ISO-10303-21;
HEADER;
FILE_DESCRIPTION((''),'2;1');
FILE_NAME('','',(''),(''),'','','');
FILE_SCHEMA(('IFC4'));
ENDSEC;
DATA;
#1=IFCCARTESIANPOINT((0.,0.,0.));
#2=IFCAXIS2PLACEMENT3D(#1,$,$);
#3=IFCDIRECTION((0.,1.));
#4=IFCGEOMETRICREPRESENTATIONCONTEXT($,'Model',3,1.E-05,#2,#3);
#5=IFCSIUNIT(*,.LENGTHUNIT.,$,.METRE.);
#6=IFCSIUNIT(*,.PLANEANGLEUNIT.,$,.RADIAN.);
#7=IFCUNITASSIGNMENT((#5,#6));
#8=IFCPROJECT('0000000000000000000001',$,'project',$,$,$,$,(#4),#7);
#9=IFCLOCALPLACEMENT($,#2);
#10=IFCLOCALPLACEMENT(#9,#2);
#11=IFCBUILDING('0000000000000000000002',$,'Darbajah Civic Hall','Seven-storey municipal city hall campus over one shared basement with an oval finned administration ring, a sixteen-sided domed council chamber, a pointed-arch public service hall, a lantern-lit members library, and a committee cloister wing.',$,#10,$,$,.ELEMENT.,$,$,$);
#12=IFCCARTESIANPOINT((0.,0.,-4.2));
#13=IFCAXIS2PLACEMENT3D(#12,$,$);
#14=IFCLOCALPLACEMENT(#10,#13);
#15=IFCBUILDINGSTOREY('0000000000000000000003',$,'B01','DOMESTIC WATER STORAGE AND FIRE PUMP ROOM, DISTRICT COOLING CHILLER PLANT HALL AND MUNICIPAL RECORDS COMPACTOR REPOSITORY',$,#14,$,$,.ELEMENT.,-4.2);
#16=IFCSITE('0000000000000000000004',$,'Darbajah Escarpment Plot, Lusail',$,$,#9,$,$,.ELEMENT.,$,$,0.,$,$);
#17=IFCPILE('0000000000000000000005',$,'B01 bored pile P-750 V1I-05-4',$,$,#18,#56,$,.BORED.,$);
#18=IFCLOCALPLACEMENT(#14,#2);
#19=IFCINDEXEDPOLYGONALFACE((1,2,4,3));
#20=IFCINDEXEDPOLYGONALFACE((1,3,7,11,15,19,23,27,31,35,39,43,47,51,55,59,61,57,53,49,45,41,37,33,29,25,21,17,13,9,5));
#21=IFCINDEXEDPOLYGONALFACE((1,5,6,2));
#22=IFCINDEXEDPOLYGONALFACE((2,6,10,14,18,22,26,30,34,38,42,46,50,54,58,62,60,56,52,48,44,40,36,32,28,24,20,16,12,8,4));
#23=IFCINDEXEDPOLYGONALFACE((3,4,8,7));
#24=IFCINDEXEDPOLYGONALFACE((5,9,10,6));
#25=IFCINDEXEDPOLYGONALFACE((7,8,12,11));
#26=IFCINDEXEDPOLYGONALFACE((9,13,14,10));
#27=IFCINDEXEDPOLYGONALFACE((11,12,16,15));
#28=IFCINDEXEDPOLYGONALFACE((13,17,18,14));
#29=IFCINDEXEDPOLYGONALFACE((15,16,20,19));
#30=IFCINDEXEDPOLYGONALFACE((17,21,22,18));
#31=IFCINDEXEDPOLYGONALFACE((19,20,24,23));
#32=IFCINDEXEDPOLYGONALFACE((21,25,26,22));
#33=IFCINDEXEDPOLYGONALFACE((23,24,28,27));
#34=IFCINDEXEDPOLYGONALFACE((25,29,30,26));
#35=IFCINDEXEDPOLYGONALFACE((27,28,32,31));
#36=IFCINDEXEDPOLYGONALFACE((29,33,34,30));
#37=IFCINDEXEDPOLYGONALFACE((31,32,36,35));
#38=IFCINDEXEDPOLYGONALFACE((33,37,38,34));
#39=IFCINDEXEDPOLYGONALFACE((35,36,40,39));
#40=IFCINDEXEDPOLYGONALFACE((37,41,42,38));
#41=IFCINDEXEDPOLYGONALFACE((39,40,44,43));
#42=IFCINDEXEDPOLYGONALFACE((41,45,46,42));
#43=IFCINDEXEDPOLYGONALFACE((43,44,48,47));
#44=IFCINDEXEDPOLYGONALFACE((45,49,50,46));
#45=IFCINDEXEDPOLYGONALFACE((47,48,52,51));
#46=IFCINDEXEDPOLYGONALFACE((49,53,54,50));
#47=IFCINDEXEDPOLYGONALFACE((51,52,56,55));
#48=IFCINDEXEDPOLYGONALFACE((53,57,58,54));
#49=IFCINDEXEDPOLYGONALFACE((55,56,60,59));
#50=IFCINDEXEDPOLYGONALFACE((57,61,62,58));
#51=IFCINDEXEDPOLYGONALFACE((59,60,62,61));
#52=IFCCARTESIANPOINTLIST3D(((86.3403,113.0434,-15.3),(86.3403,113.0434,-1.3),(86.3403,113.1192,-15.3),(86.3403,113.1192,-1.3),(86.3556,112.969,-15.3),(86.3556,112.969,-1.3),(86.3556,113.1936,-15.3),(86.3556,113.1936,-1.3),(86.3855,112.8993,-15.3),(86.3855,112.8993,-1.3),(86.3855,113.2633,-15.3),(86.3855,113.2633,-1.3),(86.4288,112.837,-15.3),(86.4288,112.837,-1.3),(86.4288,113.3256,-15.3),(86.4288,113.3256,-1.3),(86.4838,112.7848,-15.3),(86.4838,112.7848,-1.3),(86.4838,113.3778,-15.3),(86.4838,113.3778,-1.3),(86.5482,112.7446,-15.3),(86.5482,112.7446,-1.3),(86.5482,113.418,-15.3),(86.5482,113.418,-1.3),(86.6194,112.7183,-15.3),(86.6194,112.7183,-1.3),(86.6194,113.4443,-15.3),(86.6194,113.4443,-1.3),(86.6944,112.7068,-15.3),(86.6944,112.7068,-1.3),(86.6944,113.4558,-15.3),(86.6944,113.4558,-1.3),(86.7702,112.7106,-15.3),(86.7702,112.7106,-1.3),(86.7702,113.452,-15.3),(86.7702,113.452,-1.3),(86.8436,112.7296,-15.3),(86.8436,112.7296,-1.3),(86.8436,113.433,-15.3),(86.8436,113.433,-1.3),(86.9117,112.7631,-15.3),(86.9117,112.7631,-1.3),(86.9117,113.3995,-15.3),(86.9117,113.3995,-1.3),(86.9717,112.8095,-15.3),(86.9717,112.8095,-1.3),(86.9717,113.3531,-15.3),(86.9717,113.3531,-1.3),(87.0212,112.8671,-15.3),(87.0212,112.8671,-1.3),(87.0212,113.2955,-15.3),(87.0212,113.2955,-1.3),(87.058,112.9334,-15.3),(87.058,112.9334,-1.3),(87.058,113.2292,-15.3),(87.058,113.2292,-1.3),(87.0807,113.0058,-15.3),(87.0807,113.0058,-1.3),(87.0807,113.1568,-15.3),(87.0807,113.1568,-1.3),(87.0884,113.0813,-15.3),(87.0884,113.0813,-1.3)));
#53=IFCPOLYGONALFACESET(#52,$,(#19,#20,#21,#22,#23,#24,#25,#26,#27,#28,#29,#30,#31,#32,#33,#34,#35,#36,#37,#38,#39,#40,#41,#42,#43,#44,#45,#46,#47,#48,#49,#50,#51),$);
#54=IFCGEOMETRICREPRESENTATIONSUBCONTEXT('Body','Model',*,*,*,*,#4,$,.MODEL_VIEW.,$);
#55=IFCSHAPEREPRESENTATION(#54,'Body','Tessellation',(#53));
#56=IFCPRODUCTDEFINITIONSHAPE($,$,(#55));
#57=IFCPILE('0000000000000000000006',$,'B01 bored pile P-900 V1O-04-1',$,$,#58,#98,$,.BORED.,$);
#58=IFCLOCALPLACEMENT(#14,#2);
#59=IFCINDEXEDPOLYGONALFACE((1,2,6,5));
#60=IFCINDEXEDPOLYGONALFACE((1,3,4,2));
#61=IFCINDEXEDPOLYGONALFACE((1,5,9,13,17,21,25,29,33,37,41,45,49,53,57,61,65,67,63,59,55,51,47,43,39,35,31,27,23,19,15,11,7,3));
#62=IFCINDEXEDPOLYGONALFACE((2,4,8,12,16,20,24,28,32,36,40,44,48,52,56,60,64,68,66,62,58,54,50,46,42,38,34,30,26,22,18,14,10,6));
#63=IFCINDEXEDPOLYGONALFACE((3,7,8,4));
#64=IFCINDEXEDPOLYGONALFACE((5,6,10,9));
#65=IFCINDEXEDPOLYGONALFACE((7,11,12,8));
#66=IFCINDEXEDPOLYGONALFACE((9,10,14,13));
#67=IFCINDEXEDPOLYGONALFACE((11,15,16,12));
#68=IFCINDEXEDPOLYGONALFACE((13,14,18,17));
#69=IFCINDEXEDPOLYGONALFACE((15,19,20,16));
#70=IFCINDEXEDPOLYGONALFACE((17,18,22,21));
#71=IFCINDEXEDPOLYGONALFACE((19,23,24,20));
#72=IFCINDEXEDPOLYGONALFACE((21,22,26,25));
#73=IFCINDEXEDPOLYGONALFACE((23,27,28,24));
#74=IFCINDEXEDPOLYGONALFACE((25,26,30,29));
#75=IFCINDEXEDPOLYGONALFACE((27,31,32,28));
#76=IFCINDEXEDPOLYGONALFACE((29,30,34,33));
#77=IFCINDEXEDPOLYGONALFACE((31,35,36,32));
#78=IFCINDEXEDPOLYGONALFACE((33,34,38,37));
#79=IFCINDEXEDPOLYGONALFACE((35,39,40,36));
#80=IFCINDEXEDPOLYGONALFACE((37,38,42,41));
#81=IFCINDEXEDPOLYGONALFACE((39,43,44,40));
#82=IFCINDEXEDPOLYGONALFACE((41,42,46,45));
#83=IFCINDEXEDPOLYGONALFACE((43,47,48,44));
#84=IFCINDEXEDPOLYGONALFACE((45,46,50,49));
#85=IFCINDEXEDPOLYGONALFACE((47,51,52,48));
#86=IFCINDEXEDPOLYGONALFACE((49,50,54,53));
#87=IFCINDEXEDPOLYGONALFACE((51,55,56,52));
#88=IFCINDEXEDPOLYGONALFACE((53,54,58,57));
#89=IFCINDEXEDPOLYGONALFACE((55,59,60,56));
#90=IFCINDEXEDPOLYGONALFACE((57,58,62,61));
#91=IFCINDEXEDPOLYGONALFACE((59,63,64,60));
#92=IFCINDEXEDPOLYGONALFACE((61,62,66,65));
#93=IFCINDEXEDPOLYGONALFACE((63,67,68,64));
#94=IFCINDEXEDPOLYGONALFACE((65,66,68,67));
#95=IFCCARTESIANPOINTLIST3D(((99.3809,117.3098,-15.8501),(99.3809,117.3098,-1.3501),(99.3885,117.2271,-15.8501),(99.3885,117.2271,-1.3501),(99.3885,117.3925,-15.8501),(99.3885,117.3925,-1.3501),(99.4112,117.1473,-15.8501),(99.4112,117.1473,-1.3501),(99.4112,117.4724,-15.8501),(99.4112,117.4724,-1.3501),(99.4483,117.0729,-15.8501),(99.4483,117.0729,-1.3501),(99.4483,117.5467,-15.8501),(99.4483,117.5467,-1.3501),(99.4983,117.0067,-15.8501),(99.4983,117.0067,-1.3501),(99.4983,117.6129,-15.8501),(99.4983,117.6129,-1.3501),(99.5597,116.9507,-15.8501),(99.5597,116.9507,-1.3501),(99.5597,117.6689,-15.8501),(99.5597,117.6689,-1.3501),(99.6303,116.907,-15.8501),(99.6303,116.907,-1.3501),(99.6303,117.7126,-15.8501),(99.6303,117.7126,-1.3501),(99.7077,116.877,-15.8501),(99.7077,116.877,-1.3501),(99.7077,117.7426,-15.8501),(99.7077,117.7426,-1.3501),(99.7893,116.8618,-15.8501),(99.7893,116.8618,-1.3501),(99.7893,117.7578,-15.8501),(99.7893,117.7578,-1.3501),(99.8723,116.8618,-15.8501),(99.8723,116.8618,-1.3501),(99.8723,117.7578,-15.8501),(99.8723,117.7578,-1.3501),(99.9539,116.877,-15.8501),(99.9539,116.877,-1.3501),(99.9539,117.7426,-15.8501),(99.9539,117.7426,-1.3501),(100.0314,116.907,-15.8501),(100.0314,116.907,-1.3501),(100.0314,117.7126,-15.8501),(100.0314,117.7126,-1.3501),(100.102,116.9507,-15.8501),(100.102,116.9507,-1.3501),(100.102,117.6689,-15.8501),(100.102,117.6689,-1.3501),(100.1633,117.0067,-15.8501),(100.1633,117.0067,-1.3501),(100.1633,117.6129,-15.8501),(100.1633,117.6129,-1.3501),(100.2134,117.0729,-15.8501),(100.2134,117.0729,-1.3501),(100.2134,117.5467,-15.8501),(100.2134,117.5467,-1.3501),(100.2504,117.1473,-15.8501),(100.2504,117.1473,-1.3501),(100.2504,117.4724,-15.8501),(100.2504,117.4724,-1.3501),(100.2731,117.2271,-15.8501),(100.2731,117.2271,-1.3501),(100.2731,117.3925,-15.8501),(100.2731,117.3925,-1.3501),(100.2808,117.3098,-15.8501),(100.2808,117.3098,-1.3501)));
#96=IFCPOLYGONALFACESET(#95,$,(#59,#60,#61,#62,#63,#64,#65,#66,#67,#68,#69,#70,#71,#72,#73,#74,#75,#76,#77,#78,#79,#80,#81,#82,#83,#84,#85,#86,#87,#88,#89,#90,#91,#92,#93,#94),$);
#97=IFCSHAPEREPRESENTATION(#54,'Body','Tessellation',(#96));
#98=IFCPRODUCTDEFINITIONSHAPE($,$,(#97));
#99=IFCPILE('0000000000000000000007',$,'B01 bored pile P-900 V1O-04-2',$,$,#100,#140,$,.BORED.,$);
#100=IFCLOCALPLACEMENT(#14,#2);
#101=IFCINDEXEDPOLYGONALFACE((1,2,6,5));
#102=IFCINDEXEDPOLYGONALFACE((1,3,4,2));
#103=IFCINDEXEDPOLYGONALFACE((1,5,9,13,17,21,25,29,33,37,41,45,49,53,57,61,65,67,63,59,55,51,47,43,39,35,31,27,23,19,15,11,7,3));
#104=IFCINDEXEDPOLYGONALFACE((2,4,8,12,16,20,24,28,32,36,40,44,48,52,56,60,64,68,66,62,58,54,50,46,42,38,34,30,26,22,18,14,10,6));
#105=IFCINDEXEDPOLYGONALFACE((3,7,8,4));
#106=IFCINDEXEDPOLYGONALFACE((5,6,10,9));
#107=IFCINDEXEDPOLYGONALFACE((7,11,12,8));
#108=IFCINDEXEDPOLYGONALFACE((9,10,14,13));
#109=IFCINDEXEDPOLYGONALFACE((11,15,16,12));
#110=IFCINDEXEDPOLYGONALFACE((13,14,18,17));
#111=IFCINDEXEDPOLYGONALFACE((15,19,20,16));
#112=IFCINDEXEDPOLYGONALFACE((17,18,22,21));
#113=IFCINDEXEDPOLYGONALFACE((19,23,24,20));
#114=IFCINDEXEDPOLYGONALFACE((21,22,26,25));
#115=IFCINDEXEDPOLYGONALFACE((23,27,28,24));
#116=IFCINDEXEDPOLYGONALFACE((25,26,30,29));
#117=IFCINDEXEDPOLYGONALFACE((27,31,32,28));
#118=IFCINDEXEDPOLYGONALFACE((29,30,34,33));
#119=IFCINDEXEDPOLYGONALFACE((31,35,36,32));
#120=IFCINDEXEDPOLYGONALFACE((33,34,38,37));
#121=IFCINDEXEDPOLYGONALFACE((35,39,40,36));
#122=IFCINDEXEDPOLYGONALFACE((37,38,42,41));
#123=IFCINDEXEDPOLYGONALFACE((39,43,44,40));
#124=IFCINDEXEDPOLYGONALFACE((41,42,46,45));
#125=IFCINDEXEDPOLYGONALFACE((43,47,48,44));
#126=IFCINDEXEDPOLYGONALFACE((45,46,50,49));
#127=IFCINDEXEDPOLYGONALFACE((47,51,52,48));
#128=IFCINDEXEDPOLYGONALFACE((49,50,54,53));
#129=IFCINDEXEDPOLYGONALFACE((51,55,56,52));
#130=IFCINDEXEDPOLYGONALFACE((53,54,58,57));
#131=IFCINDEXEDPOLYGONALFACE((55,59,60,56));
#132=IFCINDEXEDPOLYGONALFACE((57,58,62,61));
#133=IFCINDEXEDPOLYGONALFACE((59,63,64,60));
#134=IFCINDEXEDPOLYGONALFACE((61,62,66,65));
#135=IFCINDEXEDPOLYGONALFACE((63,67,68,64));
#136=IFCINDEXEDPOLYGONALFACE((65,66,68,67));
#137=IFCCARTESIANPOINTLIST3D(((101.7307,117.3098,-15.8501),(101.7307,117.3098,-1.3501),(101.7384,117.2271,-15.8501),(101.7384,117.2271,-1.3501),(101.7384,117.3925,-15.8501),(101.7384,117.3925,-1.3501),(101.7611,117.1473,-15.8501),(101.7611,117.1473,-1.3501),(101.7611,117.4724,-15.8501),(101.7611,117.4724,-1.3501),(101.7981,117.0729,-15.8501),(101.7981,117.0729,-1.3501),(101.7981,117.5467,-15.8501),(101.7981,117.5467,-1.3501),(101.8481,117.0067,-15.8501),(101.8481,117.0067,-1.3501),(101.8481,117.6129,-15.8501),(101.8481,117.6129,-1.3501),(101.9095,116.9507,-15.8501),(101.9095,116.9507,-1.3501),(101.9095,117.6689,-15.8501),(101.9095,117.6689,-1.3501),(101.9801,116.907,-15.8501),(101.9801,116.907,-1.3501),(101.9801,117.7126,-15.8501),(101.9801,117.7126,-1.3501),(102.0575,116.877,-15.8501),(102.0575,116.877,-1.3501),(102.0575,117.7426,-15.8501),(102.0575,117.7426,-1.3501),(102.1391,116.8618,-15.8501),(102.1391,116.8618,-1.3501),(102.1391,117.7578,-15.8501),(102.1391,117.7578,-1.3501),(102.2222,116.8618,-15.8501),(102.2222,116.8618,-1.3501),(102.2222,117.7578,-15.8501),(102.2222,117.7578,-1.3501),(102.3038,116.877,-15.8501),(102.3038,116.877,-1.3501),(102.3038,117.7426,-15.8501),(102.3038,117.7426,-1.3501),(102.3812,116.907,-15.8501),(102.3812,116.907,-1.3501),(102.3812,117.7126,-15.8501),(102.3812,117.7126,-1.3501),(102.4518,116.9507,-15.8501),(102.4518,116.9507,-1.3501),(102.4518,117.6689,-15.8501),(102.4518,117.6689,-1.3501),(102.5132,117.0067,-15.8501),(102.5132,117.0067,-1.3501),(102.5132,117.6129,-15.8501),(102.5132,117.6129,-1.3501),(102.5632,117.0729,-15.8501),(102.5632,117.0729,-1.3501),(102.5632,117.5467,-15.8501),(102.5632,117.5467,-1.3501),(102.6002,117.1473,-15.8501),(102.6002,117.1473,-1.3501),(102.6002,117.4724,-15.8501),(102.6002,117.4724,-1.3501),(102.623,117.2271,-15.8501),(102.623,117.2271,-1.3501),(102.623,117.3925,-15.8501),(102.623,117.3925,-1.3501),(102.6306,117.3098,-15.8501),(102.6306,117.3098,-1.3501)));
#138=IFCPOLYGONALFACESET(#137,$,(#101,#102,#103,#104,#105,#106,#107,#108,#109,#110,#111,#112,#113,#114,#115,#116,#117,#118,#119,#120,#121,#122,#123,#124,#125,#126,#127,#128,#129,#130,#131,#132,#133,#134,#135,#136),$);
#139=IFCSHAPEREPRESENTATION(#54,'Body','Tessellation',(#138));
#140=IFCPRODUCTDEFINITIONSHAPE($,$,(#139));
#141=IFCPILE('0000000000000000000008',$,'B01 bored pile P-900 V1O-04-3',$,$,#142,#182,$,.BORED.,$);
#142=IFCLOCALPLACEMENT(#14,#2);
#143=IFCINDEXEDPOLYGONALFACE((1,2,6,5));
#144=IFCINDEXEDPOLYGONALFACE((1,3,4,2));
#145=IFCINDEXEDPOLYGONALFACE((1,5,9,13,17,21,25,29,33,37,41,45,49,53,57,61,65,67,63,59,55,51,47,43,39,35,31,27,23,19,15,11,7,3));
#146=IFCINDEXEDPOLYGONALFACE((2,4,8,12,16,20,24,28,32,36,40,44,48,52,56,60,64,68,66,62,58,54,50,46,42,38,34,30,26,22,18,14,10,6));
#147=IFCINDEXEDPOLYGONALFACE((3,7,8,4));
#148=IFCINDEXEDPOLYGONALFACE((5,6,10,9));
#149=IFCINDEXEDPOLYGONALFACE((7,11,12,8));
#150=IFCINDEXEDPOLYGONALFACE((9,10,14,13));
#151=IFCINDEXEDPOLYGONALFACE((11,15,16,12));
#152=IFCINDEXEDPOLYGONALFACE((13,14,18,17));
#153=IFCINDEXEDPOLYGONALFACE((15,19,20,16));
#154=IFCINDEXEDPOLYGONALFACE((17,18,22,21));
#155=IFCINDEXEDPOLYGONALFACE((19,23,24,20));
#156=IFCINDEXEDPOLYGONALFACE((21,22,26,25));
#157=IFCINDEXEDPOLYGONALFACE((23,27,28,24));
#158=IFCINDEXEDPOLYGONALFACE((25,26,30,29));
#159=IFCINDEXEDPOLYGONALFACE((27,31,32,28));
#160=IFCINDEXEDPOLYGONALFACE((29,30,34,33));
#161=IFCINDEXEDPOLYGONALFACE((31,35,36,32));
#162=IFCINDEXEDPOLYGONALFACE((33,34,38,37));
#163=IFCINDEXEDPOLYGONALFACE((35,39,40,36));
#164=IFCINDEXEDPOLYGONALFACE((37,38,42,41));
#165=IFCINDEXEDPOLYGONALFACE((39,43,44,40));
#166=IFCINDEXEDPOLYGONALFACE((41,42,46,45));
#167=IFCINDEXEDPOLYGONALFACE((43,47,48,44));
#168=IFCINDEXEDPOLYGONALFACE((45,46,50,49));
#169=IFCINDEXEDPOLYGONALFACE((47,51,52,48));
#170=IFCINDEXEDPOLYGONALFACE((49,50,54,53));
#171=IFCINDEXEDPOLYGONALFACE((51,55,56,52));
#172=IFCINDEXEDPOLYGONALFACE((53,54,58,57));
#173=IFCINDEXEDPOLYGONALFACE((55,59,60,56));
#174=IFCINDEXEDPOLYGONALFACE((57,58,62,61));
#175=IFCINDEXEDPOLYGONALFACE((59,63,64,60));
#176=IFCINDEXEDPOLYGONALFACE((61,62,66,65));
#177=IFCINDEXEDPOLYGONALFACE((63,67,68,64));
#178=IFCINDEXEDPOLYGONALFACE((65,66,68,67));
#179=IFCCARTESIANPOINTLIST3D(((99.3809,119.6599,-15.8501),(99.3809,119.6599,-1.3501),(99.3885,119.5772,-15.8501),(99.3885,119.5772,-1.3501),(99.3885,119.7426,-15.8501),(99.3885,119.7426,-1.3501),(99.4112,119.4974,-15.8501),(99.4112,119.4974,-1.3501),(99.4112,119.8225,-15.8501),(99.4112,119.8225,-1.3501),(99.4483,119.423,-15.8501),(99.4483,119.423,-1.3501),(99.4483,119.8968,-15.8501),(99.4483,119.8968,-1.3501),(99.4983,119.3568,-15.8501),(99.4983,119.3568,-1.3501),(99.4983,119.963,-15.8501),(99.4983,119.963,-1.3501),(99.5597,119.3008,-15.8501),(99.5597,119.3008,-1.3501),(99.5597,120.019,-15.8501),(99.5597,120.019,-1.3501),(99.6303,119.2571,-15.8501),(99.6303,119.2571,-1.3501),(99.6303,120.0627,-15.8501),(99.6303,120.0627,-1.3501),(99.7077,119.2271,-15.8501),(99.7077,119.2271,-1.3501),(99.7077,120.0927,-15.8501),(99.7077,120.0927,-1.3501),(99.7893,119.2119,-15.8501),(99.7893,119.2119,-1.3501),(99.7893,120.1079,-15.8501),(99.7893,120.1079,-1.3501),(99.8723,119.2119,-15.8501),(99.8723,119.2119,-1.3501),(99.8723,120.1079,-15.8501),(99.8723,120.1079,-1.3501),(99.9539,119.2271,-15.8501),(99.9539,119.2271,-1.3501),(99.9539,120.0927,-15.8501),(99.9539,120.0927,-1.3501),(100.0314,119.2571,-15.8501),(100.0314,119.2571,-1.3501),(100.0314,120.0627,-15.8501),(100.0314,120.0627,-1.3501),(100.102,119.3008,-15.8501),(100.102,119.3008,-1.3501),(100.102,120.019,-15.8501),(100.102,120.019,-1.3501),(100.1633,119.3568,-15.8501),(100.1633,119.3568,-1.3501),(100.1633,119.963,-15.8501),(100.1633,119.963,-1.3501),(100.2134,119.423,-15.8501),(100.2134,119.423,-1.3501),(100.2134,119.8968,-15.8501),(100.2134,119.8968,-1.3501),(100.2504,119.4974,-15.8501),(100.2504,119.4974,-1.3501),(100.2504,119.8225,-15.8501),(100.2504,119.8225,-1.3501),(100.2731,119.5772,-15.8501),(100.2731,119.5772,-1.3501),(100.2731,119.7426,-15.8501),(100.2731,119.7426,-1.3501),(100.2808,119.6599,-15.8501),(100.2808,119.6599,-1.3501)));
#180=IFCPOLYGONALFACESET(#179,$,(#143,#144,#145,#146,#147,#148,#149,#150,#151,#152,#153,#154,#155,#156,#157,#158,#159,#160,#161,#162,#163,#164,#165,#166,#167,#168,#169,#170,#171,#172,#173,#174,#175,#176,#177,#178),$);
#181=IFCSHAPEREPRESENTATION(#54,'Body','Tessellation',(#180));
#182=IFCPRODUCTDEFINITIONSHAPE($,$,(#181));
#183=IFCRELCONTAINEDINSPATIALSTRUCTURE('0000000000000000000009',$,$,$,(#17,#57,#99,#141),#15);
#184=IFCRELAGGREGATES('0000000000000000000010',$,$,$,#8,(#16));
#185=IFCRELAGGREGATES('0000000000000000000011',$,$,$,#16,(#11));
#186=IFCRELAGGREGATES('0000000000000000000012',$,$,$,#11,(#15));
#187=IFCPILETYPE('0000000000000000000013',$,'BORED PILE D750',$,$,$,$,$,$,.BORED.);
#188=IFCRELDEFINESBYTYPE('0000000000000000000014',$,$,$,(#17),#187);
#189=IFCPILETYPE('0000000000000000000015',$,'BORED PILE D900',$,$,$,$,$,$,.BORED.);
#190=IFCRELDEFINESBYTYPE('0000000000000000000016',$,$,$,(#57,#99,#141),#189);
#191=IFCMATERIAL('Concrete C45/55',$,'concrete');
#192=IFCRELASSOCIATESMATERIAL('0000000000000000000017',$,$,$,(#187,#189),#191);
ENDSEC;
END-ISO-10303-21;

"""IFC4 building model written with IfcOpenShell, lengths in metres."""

from ifc_helpers import new_model, si_unit, direction, frame, origin, origin_2d, place, context, subcontext, project, spatial, circle, extrude, material, material_profile, profile_set, type_object, element, save


model = new_model("IFC4")

# Units and contexts
model_context = context("Model", 3, precision=1e-05, world=origin(), true_north=direction((0.0, 1.0)))
body_context = subcontext(model_context, "Body", "Model", "MODEL_VIEW")
ifc_project = project(units=[si_unit("LENGTHUNIT", "METRE"), si_unit("PLANEANGLEUNIT", "RADIAN")], contexts=[model_context])

# Site, building, storey
site_placement = place(None, origin())
site = spatial("IfcSite", under=ifc_project, at=site_placement, Name="Darbajah Escarpment Plot, Lusail", CompositionType="ELEMENT", RefElevation=0.0)
building_placement = place(site_placement, origin())
building = spatial("IfcBuilding", under=site, at=building_placement, Name="Darbajah Civic Hall", Description="Seven-storey municipal city hall campus over one shared basement with an oval finned administration ring, a sixteen-sided domed council chamber, a pointed-arch public service hall, a lantern-lit members library, and a committee cloister wing.", CompositionType="ELEMENT")
storey_placement = place(building_placement, frame((0.0, 0.0, -4.2)))
storey = spatial("IfcBuildingStorey", under=building, at=storey_placement, Name="B01", Description="DOMESTIC WATER STORAGE AND FIRE PUMP ROOM, DISTRICT COOLING CHILLER PLANT HALL AND MUNICIPAL RECORDS COMPACTOR REPOSITORY", CompositionType="ELEMENT", Elevation=-4.2)

# Piles
ifc_material_1 = material(Name="Concrete C45/55", Category="concrete")
ifc_material_profile_1 = material_profile(ifc_material_1, circle(Radius=0.375, at=origin_2d()), Name="BORED PILE D750")
ifc_profile_set_1 = profile_set([ifc_material_profile_1], Name="Concrete C45/55")
pile_type_1 = type_object("IfcPileType", Name="BORED PILE D750", PredefinedType="BORED", material=ifc_profile_set_1)
for number, where, z_axis, x_axis, name in (
    (1, (86.7134, 113.0813, -1.3), (0.0, 0.0, -1.0), (1.0, 0.0, 0.0), "B01 bored pile P-750 V1I-05-4"),
):
    element("IfcPile", number, at=place(storey_placement, frame(where, z_axis=z_axis, x_axis=x_axis)), inside=storey, type_object=pile_type_1, Name=name, PredefinedType="BORED", context=body_context, shape_type="SweptSolid", body=[
        extrude(circle(Radius=0.375, at=origin_2d()), origin(), (0.0, 0.0, 1.0), 14.0),
    ])
ifc_material_profile_2 = material_profile(ifc_material_1, circle(Radius=0.45, at=origin_2d()), Name="BORED PILE D900")
ifc_profile_set_2 = profile_set([ifc_material_profile_2], Name="Concrete C45/55")
pile_type_2 = type_object("IfcPileType", Name="BORED PILE D900", PredefinedType="BORED", material=ifc_profile_set_2)
for number, where, z_axis, x_axis, name in (
    (2, (99.8308, 117.3098, -1.3501), (0.0, 0.0, -1.0), (1.0, 0.0, 0.0), "B01 bored pile P-900 V1O-04-1"),
    (3, (102.1807, 117.3098, -1.3501), (0.0, 0.0, -1.0), (1.0, 0.0, 0.0), "B01 bored pile P-900 V1O-04-2"),
    (4, (99.8308, 119.6599, -1.3501), (0.0, 0.0, -1.0), (1.0, 0.0, 0.0), "B01 bored pile P-900 V1O-04-3"),
):
    element("IfcPile", number, at=place(storey_placement, frame(where, z_axis=z_axis, x_axis=x_axis)), inside=storey, type_object=pile_type_2, Name=name, PredefinedType="BORED", context=body_context, shape_type="SweptSolid", body=[
        extrude(circle(Radius=0.45, at=origin_2d()), origin(), (0.0, 0.0, 1.0), 14.5),
    ])

save(model, "model.ifc")
